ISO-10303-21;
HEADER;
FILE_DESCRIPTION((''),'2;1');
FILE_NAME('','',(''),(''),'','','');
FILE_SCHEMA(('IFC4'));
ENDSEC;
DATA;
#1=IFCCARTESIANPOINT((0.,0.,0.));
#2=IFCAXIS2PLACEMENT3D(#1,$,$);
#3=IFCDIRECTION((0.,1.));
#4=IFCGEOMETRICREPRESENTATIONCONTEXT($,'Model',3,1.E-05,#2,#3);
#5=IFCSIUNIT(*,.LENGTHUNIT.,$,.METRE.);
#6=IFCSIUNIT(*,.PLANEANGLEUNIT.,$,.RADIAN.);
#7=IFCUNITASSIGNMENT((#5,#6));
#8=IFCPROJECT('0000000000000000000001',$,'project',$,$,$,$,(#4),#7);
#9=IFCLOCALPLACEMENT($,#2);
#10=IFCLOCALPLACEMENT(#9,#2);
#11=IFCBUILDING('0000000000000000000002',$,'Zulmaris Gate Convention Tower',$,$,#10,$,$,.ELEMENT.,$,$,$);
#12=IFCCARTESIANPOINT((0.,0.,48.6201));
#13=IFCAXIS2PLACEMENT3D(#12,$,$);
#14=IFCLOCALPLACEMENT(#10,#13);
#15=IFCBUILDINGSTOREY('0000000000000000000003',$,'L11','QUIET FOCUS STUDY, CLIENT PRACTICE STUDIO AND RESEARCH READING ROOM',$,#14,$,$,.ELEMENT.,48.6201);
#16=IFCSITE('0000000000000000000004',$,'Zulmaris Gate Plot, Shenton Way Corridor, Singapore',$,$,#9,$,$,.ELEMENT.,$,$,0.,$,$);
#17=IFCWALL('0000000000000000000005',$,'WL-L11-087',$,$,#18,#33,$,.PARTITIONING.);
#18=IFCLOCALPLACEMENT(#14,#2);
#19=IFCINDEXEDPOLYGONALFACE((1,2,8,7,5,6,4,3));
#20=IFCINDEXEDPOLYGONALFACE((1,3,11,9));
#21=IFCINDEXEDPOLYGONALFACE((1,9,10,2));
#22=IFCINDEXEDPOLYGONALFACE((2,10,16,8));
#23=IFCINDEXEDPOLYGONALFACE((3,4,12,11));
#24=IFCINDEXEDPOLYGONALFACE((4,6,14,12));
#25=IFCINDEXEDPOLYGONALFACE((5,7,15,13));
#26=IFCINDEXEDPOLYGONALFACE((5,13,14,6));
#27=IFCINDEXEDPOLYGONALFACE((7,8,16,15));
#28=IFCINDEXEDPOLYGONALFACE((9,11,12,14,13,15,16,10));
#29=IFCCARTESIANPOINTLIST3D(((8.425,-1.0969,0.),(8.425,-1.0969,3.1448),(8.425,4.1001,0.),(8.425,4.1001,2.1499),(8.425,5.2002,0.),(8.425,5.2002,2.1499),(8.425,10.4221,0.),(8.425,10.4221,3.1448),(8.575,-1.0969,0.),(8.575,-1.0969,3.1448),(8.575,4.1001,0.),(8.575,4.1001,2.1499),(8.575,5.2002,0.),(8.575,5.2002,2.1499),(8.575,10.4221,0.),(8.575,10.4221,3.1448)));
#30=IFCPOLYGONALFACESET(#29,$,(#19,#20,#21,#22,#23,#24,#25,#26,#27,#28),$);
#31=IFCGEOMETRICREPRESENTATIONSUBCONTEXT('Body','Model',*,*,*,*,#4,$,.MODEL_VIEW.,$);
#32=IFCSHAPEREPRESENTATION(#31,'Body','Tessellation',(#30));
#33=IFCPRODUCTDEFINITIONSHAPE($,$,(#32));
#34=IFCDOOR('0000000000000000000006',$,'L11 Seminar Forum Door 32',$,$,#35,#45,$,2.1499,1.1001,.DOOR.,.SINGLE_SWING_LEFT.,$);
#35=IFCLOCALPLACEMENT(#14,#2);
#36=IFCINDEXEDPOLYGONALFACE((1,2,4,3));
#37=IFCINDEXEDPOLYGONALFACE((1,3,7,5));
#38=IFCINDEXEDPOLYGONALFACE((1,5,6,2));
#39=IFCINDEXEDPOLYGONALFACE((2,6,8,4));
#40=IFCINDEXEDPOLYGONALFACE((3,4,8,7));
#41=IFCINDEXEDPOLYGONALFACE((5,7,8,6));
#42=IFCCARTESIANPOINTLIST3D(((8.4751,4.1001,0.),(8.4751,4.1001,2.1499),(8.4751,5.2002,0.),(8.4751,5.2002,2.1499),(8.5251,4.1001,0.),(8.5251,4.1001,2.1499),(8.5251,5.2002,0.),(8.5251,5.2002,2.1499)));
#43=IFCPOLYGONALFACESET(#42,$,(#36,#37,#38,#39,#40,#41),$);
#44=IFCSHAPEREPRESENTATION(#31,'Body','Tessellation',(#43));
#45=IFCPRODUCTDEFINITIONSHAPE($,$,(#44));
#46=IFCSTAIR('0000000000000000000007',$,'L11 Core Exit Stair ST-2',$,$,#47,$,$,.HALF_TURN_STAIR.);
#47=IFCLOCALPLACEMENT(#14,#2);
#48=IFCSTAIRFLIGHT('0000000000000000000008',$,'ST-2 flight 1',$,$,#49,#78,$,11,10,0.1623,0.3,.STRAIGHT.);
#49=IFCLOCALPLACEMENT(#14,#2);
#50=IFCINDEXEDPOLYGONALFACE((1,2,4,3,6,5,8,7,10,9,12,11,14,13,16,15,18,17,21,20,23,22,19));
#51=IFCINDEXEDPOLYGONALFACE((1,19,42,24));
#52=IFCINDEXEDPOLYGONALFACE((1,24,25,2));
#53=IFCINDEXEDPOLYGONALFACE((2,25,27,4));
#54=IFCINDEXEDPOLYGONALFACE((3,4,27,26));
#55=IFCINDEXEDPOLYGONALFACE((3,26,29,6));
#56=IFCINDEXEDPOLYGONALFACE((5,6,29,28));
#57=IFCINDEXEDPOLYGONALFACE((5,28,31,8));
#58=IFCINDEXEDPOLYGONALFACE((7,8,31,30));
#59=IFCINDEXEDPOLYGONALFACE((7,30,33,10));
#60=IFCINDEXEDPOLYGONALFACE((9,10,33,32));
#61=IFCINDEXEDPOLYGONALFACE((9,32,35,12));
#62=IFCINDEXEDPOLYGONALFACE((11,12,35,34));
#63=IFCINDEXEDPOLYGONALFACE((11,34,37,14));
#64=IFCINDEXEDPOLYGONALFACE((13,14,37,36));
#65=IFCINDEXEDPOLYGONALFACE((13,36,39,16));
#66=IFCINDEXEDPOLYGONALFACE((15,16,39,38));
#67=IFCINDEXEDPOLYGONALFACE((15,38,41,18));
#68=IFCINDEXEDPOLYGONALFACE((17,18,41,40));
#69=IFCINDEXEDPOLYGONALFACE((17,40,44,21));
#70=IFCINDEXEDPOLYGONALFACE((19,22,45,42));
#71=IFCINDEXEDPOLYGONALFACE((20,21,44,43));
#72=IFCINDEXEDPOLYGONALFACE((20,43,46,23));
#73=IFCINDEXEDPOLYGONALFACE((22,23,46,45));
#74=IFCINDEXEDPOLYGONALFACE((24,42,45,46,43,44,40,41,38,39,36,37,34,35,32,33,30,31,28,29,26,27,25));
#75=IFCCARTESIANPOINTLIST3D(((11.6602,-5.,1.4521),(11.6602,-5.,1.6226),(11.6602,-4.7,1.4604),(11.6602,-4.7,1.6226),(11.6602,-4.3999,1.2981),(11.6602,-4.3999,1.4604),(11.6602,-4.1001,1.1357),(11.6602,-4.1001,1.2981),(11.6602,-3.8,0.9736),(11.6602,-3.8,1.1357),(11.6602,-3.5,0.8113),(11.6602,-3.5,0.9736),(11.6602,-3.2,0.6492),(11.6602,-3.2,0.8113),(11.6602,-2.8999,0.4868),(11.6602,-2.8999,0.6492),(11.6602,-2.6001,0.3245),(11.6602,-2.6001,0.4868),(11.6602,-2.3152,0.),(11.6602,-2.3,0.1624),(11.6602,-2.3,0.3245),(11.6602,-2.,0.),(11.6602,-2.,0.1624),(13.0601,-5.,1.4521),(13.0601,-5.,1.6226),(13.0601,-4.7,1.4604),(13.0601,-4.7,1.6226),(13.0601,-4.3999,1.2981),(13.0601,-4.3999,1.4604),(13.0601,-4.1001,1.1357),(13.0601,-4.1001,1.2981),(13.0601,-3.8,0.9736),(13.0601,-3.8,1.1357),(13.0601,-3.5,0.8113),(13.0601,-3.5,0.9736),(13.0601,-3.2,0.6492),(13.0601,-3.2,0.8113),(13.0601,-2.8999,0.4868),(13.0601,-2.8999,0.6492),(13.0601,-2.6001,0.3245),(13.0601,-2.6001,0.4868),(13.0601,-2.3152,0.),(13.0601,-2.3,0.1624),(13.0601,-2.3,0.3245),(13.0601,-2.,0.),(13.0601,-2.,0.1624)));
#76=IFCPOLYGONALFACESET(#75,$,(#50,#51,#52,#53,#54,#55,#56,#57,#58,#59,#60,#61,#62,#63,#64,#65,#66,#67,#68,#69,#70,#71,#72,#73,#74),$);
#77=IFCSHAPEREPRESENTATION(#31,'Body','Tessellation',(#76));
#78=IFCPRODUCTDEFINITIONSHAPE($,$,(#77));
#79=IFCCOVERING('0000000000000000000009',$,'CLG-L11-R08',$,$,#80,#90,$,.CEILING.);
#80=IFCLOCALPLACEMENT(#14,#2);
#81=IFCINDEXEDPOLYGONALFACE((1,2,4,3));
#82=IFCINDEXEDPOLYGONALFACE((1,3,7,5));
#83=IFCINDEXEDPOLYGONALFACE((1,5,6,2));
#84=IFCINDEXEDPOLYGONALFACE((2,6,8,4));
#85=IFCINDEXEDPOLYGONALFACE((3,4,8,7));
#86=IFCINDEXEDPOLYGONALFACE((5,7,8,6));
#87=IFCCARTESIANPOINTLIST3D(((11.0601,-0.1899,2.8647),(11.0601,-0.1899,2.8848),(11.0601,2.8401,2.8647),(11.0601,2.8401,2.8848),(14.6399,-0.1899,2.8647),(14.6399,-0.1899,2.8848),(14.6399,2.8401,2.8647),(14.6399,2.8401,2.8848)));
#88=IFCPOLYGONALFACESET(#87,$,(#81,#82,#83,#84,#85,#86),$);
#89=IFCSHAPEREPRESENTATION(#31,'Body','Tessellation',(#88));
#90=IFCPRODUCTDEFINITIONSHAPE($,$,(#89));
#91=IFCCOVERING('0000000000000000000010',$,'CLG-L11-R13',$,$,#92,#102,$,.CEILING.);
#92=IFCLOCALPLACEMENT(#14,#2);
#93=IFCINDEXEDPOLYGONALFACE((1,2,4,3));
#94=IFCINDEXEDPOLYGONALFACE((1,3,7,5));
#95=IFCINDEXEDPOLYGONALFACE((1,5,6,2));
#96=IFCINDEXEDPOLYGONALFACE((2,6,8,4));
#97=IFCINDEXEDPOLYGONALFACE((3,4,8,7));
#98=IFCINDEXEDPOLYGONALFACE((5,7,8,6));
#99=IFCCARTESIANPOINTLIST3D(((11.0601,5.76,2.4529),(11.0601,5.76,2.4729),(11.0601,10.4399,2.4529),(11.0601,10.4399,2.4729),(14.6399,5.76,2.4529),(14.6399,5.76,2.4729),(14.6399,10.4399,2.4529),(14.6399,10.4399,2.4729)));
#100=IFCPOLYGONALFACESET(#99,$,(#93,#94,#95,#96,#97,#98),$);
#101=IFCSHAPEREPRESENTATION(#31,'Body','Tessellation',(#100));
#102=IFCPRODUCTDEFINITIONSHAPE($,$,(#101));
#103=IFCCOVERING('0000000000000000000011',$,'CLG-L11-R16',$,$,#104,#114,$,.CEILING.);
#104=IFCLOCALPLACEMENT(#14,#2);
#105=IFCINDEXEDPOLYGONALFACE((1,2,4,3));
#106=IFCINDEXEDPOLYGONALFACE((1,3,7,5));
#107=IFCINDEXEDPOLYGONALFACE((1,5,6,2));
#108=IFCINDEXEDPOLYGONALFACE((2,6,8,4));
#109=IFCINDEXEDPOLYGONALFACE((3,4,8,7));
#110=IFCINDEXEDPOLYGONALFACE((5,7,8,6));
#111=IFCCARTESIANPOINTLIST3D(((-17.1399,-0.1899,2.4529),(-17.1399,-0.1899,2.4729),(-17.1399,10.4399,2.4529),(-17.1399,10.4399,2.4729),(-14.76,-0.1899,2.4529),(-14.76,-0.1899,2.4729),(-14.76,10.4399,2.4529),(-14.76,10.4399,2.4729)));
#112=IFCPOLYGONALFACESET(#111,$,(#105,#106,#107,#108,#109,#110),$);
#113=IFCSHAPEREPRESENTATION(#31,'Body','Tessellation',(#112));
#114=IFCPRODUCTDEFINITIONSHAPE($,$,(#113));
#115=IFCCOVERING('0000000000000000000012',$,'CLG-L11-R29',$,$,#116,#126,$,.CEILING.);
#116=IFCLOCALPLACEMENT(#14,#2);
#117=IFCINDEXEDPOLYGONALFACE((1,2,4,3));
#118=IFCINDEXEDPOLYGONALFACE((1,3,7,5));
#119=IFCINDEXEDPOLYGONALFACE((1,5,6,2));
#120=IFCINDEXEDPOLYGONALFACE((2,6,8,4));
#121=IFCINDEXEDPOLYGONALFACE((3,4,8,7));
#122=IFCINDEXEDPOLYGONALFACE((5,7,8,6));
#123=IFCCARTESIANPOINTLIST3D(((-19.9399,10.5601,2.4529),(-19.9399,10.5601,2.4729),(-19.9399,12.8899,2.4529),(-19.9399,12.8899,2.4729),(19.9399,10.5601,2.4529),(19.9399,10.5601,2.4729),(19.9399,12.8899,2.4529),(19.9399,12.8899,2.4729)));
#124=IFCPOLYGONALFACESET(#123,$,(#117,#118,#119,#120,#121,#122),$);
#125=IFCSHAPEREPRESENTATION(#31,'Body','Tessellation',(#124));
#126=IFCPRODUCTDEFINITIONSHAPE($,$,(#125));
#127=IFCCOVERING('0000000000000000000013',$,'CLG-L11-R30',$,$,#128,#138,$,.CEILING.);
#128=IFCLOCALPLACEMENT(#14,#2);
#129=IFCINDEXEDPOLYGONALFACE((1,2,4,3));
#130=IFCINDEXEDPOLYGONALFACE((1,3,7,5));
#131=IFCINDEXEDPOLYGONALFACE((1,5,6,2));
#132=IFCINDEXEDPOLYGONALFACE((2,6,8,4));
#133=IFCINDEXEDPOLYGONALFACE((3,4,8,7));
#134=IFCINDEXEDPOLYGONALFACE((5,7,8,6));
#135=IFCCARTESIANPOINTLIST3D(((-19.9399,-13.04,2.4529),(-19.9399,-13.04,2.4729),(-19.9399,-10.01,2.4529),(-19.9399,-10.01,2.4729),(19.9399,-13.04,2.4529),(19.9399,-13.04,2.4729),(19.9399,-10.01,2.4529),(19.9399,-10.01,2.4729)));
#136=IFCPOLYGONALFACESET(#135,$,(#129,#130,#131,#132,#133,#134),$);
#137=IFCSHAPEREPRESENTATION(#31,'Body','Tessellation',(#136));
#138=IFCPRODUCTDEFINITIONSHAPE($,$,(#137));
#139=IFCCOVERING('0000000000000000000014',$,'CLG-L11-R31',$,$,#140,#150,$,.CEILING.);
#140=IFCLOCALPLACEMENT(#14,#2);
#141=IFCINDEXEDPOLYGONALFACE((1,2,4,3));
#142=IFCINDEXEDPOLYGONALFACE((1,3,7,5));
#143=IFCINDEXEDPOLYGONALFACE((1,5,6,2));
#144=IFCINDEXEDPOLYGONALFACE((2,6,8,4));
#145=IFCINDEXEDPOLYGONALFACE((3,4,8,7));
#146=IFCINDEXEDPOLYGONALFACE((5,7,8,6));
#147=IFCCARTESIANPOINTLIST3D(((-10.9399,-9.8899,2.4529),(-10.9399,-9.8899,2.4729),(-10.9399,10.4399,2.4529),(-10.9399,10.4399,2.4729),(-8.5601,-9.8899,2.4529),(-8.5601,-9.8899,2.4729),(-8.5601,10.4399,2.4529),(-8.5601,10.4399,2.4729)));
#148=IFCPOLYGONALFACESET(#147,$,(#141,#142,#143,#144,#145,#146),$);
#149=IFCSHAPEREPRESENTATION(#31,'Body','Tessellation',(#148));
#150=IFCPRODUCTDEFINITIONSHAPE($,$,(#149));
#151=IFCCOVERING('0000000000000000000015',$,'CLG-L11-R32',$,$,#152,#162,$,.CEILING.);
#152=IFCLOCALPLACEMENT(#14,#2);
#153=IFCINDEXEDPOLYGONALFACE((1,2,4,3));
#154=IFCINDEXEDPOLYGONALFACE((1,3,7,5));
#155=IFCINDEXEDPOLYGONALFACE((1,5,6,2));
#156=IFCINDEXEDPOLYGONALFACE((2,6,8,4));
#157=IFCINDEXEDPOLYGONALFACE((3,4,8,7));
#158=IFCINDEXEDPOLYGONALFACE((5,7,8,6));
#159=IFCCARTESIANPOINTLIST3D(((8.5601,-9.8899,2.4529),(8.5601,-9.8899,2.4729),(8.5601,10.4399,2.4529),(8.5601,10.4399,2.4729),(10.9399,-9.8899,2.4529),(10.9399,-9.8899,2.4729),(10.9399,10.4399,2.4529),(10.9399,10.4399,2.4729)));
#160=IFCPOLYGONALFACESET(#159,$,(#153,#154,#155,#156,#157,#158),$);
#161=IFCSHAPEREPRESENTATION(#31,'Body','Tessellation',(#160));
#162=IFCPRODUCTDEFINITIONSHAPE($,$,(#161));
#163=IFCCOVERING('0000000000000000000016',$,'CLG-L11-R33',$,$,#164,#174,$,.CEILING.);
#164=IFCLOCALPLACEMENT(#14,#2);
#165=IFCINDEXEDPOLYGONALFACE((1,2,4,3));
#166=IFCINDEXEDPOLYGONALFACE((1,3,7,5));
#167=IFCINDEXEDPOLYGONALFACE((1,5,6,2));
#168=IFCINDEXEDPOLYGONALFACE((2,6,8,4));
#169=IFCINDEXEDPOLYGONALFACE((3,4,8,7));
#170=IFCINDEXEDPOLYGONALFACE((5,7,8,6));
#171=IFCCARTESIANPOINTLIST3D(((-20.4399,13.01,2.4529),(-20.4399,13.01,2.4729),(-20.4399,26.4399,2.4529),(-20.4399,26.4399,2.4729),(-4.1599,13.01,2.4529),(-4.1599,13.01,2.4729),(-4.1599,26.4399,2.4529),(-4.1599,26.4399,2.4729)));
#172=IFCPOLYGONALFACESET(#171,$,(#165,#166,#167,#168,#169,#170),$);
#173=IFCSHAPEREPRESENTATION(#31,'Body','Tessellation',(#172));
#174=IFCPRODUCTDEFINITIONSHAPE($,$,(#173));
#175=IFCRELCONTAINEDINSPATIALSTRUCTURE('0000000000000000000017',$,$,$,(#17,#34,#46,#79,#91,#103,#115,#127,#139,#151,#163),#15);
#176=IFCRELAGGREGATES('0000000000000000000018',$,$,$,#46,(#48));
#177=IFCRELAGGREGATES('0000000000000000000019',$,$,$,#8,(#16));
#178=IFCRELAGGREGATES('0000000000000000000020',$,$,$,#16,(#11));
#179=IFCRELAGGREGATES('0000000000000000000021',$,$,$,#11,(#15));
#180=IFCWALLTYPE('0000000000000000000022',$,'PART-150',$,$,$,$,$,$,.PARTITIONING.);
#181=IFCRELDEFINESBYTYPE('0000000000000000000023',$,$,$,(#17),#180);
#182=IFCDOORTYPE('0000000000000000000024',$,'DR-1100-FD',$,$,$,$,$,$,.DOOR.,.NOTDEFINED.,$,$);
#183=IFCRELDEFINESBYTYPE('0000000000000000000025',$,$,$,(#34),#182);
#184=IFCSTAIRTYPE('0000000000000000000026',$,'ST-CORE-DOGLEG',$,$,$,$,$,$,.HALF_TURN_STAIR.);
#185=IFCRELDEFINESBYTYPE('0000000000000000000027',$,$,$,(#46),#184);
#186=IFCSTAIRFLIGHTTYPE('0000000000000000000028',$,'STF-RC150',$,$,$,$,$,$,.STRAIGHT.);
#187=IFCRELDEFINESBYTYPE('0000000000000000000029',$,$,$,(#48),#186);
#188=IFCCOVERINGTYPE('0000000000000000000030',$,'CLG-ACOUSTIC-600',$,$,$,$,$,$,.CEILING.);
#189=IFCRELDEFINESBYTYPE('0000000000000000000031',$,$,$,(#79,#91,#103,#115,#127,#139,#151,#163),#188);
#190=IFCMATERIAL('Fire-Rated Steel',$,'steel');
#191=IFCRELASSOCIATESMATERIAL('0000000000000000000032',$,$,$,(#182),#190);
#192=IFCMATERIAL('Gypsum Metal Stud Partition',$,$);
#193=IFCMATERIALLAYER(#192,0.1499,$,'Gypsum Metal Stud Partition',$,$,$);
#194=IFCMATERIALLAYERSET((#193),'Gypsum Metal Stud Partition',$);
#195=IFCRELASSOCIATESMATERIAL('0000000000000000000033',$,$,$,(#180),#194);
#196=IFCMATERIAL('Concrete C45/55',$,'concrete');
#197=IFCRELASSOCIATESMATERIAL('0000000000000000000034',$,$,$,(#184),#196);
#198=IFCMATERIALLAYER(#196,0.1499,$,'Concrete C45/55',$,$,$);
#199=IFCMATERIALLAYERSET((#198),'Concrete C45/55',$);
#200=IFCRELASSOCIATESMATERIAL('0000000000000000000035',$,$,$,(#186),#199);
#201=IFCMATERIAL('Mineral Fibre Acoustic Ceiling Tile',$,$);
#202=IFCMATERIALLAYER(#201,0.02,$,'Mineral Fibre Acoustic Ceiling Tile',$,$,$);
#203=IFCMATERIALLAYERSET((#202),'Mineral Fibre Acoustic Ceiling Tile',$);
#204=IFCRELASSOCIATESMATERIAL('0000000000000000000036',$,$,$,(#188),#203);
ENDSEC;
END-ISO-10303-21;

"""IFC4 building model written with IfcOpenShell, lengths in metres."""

from ifc_helpers import new_model, si_unit, direction, frame, frame_2d, origin, place, context, subcontext, project, spatial, polyline, rectangle, outline, extrude, material, layer, layer_set, type_object, element, fill, aggregate, save


model = new_model("IFC4")

# Units and contexts
model_context = context("Model", 3, precision=1e-05, world=origin(), true_north=direction((0.0, 1.0)))
body_context = subcontext(model_context, "Body", "Model", "MODEL_VIEW")
ifc_project = project(units=[si_unit("LENGTHUNIT", "METRE"), si_unit("PLANEANGLEUNIT", "RADIAN")], contexts=[model_context])

# Site, building, storey
site_placement = place(None, origin())
site = spatial("IfcSite", under=ifc_project, at=site_placement, Name="Zulmaris Gate Plot, Shenton Way Corridor, Singapore", CompositionType="ELEMENT", RefElevation=0.0)
building_placement = place(site_placement, origin())
building = spatial("IfcBuilding", under=site, at=building_placement, Name="Zulmaris Gate Convention Tower", CompositionType="ELEMENT")
storey_placement = place(building_placement, frame((0.0, 0.0, 48.6201)))
storey = spatial("IfcBuildingStorey", under=building, at=storey_placement, Name="L11", Description="QUIET FOCUS STUDY, CLIENT PRACTICE STUDIO AND RESEARCH READING ROOM", CompositionType="ELEMENT", Elevation=48.6201)

# Wall, opening, door
ifc_material_1 = material(Name="Fire-Rated Steel", Category="steel")
door_type = type_object("IfcDoorType", Name="DR-1100-FD", OperationType="NOTDEFINED", PredefinedType="DOOR", material=ifc_material_1)
ifc_material_2 = material(Name="Gypsum Metal Stud Partition")
ifc_layer_1 = layer(ifc_material_2, 0.1499, Name="Gypsum Metal Stud Partition")
ifc_layer_set_1 = layer_set([ifc_layer_1], Name="Gypsum Metal Stud Partition")
wall_type_1 = type_object("IfcWallType", Name="PART-150", PredefinedType="PARTITIONING", material=ifc_layer_set_1)
wall_1_placement = place(storey_placement, frame((8.5, -1.0969, 0.0), z_axis=(0.0, 0.0, 1.0), x_axis=(0.0, 1.0, 0.0)))
wall_1 = element("IfcWall", 1, at=wall_1_placement, inside=storey, type_object=wall_type_1, Name="WL-L11-087", PredefinedType="PARTITIONING", context=body_context, shape_type="SweptSolid", body=[
    extrude(rectangle(XDim=11.519, YDim=0.1499, at=frame_2d((5.7595, 0.0))), origin(), (0.0, 0.0, 1.0), 3.1448),
])
opening_1_placement = place(wall_1_placement, frame((5.197, 0.0, 0.0)))
opening_1 = element("IfcOpeningElement", 2, at=opening_1_placement, cuts=wall_1, PredefinedType="OPENING", context=body_context, shape_type="SweptSolid", body=[
    extrude(rectangle(XDim=1.1001, YDim=2.1499, at=frame_2d((0.55, 1.075))), frame((0.0, 0.085, 0.0), z_axis=(0.0, -1.0, 0.0), x_axis=(1.0, 0.0, 0.0)), (0.0, 0.0, 1.0), 0.1699),
])
door_1_placement = place(opening_1_placement, origin())
door_1 = element("IfcDoor", 3, at=door_1_placement, inside=storey, type_object=door_type, Name="L11 Seminar Forum Door 32", OperationType="SINGLE_SWING_LEFT", OverallHeight=2.1499, OverallWidth=1.1001, PredefinedType="DOOR", context=body_context, shape_type="SweptSolid", body=[
    extrude(rectangle(XDim=1.1001, YDim=2.1499, at=frame_2d((0.55, 1.075))), frame((0.0, 0.0249, 0.0), z_axis=(0.0, -1.0, 0.0), x_axis=(1.0, 0.0, 0.0)), (0.0, 0.0, 1.0), 0.05),
])
fill(opening_1, door_1)

# Stair, stair flight
ifc_material_3 = material(Name="Concrete C45/55", Category="concrete")
stair_type = type_object("IfcStairType", Name="ST-CORE-DOGLEG", PredefinedType="HALF_TURN_STAIR", material=ifc_material_3)
stair_placement = place(storey_placement, origin())
stair = element("IfcStair", 4, at=stair_placement, inside=storey, type_object=stair_type, Name="L11 Core Exit Stair ST-2", PredefinedType="HALF_TURN_STAIR")
ifc_layer_2 = layer(ifc_material_3, 0.1499, Name="Concrete C45/55")
ifc_layer_set_2 = layer_set([ifc_layer_2], Name="Concrete C45/55")
stair_flight_type = type_object("IfcStairFlightType", Name="STF-RC150", PredefinedType="STRAIGHT", material=ifc_layer_set_2)
stair_flight_placement = place(storey_placement, frame((12.3601, -2.0, 0.0), z_axis=(0.0, 0.0, 1.0), x_axis=(0.0, -1.0, 0.0)))
stair_flight = element("IfcStairFlight", 5, at=stair_flight_placement, type_object=stair_flight_type, Name="ST-2 flight 1", NumberOfRisers=11, NumberOfTreads=10, PredefinedType="STRAIGHT", RiserHeight=0.1623, TreadLength=0.3, context=body_context, shape_type="SweptSolid", body=[
    extrude(outline(polyline([(0.0, 0.0), (0.0, 0.1624), (0.3, 0.1624), (0.3, 0.3245), (0.6001, 0.3245), (0.6001, 0.4868), (0.8999, 0.4868), (0.8999, 0.6492), (1.2, 0.6492), (1.2, 0.8113), (1.5, 0.8113), (1.5, 0.9736), (1.8, 0.9736), (1.8, 1.1357), (2.1001, 1.1357), (2.1001, 1.2981), (2.3999, 1.2981), (2.3999, 1.4604), (2.7, 1.4604), (2.7, 1.6226), (3.0, 1.6226), (3.0, 1.7849), (3.0, 1.4521), (0.3152, 0.0), (0.0, 0.0)])), frame((0.0, 0.7, 0.0), z_axis=(0.0, -1.0, 0.0), x_axis=(1.0, 0.0, 0.0)), (0.0, 0.0, 1.0), 1.3999),
])
aggregate(stair, [stair_flight])

# Coverings
ifc_material_4 = material(Name="Mineral Fibre Acoustic Ceiling Tile")
ifc_layer_3 = layer(ifc_material_4, 0.02, Name="Mineral Fibre Acoustic Ceiling Tile")
ifc_layer_set_3 = layer_set([ifc_layer_3], Name="Mineral Fibre Acoustic Ceiling Tile")
covering_type_1 = type_object("IfcCoveringType", Name="CLG-ACOUSTIC-600", PredefinedType="CEILING", material=ifc_layer_set_3)
covering_1_placement = place(storey_placement, frame((0.0, 0.0, 2.8647)))
element("IfcCovering", 6, at=covering_1_placement, inside=storey, type_object=covering_type_1, Name="CLG-L11-R08", PredefinedType="CEILING", context=body_context, shape_type="SweptSolid", body=[
    extrude(outline(polyline([(11.0601, -0.1899), (14.6399, -0.1899), (14.6399, 2.8401), (11.0601, 2.8401), (11.0601, -0.1899)])), origin(), (0.0, 0.0, 1.0), 0.02),
])
covering_2_placement = place(storey_placement, frame((0.0, 0.0, 2.4529)))
element("IfcCovering", 7, at=covering_2_placement, inside=storey, type_object=covering_type_1, Name="CLG-L11-R13", PredefinedType="CEILING", context=body_context, shape_type="SweptSolid", body=[
    extrude(outline(polyline([(11.0601, 5.76), (14.6399, 5.76), (14.6399, 10.4399), (11.0601, 10.4399), (11.0601, 5.76)])), origin(), (0.0, 0.0, 1.0), 0.02),
])
covering_3_placement = place(storey_placement, frame((0.0, 0.0, 2.4529)))
element("IfcCovering", 8, at=covering_3_placement, inside=storey, type_object=covering_type_1, Name="CLG-L11-R16", PredefinedType="CEILING", context=body_context, shape_type="SweptSolid", body=[
    extrude(outline(polyline([(-17.1399, -0.1899), (-14.76, -0.1899), (-14.76, 10.4399), (-17.1399, 10.4399), (-17.1399, -0.1899)])), origin(), (0.0, 0.0, 1.0), 0.02),
])
covering_4_placement = place(storey_placement, frame((0.0, 0.0, 2.4529)))
element("IfcCovering", 9, at=covering_4_placement, inside=storey, type_object=covering_type_1, Name="CLG-L11-R29", PredefinedType="CEILING", context=body_context, shape_type="SweptSolid", body=[
    extrude(outline(polyline([(-19.9399, 10.5601), (19.9399, 10.5601), (19.9399, 12.8899), (-19.9399, 12.8899), (-19.9399, 10.5601)])), origin(), (0.0, 0.0, 1.0), 0.02),
])
covering_5_placement = place(storey_placement, frame((0.0, 0.0, 2.4529)))
element("IfcCovering", 10, at=covering_5_placement, inside=storey, type_object=covering_type_1, Name="CLG-L11-R30", PredefinedType="CEILING", context=body_context, shape_type="SweptSolid", body=[
    extrude(outline(polyline([(-19.9399, -13.04), (19.9399, -13.04), (19.9399, -10.01), (-19.9399, -10.01), (-19.9399, -13.04)])), origin(), (0.0, 0.0, 1.0), 0.02),
])
covering_6_placement = place(storey_placement, frame((0.0, 0.0, 2.4529)))
element("IfcCovering", 11, at=covering_6_placement, inside=storey, type_object=covering_type_1, Name="CLG-L11-R31", PredefinedType="CEILING", context=body_context, shape_type="SweptSolid", body=[
    extrude(outline(polyline([(-10.9399, -9.8899), (-8.5601, -9.8899), (-8.5601, 10.4399), (-10.9399, 10.4399), (-10.9399, -9.8899)])), origin(), (0.0, 0.0, 1.0), 0.02),
])
covering_7_placement = place(storey_placement, frame((0.0, 0.0, 2.4529)))
element("IfcCovering", 12, at=covering_7_placement, inside=storey, type_object=covering_type_1, Name="CLG-L11-R32", PredefinedType="CEILING", context=body_context, shape_type="SweptSolid", body=[
    extrude(outline(polyline([(8.5601, -9.8899), (10.9399, -9.8899), (10.9399, 10.4399), (8.5601, 10.4399), (8.5601, -9.8899)])), origin(), (0.0, 0.0, 1.0), 0.02),
])
covering_8_placement = place(storey_placement, frame((0.0, 0.0, 2.4529)))
element("IfcCovering", 13, at=covering_8_placement, inside=storey, type_object=covering_type_1, Name="CLG-L11-R33", PredefinedType="CEILING", context=body_context, shape_type="SweptSolid", body=[
    extrude(outline(polyline([(-20.4399, 13.01), (-4.1599, 13.01), (-4.1599, 26.4399), (-20.4399, 26.4399), (-20.4399, 13.01)])), origin(), (0.0, 0.0, 1.0), 0.02),
])

save(model, "model.ifc")
